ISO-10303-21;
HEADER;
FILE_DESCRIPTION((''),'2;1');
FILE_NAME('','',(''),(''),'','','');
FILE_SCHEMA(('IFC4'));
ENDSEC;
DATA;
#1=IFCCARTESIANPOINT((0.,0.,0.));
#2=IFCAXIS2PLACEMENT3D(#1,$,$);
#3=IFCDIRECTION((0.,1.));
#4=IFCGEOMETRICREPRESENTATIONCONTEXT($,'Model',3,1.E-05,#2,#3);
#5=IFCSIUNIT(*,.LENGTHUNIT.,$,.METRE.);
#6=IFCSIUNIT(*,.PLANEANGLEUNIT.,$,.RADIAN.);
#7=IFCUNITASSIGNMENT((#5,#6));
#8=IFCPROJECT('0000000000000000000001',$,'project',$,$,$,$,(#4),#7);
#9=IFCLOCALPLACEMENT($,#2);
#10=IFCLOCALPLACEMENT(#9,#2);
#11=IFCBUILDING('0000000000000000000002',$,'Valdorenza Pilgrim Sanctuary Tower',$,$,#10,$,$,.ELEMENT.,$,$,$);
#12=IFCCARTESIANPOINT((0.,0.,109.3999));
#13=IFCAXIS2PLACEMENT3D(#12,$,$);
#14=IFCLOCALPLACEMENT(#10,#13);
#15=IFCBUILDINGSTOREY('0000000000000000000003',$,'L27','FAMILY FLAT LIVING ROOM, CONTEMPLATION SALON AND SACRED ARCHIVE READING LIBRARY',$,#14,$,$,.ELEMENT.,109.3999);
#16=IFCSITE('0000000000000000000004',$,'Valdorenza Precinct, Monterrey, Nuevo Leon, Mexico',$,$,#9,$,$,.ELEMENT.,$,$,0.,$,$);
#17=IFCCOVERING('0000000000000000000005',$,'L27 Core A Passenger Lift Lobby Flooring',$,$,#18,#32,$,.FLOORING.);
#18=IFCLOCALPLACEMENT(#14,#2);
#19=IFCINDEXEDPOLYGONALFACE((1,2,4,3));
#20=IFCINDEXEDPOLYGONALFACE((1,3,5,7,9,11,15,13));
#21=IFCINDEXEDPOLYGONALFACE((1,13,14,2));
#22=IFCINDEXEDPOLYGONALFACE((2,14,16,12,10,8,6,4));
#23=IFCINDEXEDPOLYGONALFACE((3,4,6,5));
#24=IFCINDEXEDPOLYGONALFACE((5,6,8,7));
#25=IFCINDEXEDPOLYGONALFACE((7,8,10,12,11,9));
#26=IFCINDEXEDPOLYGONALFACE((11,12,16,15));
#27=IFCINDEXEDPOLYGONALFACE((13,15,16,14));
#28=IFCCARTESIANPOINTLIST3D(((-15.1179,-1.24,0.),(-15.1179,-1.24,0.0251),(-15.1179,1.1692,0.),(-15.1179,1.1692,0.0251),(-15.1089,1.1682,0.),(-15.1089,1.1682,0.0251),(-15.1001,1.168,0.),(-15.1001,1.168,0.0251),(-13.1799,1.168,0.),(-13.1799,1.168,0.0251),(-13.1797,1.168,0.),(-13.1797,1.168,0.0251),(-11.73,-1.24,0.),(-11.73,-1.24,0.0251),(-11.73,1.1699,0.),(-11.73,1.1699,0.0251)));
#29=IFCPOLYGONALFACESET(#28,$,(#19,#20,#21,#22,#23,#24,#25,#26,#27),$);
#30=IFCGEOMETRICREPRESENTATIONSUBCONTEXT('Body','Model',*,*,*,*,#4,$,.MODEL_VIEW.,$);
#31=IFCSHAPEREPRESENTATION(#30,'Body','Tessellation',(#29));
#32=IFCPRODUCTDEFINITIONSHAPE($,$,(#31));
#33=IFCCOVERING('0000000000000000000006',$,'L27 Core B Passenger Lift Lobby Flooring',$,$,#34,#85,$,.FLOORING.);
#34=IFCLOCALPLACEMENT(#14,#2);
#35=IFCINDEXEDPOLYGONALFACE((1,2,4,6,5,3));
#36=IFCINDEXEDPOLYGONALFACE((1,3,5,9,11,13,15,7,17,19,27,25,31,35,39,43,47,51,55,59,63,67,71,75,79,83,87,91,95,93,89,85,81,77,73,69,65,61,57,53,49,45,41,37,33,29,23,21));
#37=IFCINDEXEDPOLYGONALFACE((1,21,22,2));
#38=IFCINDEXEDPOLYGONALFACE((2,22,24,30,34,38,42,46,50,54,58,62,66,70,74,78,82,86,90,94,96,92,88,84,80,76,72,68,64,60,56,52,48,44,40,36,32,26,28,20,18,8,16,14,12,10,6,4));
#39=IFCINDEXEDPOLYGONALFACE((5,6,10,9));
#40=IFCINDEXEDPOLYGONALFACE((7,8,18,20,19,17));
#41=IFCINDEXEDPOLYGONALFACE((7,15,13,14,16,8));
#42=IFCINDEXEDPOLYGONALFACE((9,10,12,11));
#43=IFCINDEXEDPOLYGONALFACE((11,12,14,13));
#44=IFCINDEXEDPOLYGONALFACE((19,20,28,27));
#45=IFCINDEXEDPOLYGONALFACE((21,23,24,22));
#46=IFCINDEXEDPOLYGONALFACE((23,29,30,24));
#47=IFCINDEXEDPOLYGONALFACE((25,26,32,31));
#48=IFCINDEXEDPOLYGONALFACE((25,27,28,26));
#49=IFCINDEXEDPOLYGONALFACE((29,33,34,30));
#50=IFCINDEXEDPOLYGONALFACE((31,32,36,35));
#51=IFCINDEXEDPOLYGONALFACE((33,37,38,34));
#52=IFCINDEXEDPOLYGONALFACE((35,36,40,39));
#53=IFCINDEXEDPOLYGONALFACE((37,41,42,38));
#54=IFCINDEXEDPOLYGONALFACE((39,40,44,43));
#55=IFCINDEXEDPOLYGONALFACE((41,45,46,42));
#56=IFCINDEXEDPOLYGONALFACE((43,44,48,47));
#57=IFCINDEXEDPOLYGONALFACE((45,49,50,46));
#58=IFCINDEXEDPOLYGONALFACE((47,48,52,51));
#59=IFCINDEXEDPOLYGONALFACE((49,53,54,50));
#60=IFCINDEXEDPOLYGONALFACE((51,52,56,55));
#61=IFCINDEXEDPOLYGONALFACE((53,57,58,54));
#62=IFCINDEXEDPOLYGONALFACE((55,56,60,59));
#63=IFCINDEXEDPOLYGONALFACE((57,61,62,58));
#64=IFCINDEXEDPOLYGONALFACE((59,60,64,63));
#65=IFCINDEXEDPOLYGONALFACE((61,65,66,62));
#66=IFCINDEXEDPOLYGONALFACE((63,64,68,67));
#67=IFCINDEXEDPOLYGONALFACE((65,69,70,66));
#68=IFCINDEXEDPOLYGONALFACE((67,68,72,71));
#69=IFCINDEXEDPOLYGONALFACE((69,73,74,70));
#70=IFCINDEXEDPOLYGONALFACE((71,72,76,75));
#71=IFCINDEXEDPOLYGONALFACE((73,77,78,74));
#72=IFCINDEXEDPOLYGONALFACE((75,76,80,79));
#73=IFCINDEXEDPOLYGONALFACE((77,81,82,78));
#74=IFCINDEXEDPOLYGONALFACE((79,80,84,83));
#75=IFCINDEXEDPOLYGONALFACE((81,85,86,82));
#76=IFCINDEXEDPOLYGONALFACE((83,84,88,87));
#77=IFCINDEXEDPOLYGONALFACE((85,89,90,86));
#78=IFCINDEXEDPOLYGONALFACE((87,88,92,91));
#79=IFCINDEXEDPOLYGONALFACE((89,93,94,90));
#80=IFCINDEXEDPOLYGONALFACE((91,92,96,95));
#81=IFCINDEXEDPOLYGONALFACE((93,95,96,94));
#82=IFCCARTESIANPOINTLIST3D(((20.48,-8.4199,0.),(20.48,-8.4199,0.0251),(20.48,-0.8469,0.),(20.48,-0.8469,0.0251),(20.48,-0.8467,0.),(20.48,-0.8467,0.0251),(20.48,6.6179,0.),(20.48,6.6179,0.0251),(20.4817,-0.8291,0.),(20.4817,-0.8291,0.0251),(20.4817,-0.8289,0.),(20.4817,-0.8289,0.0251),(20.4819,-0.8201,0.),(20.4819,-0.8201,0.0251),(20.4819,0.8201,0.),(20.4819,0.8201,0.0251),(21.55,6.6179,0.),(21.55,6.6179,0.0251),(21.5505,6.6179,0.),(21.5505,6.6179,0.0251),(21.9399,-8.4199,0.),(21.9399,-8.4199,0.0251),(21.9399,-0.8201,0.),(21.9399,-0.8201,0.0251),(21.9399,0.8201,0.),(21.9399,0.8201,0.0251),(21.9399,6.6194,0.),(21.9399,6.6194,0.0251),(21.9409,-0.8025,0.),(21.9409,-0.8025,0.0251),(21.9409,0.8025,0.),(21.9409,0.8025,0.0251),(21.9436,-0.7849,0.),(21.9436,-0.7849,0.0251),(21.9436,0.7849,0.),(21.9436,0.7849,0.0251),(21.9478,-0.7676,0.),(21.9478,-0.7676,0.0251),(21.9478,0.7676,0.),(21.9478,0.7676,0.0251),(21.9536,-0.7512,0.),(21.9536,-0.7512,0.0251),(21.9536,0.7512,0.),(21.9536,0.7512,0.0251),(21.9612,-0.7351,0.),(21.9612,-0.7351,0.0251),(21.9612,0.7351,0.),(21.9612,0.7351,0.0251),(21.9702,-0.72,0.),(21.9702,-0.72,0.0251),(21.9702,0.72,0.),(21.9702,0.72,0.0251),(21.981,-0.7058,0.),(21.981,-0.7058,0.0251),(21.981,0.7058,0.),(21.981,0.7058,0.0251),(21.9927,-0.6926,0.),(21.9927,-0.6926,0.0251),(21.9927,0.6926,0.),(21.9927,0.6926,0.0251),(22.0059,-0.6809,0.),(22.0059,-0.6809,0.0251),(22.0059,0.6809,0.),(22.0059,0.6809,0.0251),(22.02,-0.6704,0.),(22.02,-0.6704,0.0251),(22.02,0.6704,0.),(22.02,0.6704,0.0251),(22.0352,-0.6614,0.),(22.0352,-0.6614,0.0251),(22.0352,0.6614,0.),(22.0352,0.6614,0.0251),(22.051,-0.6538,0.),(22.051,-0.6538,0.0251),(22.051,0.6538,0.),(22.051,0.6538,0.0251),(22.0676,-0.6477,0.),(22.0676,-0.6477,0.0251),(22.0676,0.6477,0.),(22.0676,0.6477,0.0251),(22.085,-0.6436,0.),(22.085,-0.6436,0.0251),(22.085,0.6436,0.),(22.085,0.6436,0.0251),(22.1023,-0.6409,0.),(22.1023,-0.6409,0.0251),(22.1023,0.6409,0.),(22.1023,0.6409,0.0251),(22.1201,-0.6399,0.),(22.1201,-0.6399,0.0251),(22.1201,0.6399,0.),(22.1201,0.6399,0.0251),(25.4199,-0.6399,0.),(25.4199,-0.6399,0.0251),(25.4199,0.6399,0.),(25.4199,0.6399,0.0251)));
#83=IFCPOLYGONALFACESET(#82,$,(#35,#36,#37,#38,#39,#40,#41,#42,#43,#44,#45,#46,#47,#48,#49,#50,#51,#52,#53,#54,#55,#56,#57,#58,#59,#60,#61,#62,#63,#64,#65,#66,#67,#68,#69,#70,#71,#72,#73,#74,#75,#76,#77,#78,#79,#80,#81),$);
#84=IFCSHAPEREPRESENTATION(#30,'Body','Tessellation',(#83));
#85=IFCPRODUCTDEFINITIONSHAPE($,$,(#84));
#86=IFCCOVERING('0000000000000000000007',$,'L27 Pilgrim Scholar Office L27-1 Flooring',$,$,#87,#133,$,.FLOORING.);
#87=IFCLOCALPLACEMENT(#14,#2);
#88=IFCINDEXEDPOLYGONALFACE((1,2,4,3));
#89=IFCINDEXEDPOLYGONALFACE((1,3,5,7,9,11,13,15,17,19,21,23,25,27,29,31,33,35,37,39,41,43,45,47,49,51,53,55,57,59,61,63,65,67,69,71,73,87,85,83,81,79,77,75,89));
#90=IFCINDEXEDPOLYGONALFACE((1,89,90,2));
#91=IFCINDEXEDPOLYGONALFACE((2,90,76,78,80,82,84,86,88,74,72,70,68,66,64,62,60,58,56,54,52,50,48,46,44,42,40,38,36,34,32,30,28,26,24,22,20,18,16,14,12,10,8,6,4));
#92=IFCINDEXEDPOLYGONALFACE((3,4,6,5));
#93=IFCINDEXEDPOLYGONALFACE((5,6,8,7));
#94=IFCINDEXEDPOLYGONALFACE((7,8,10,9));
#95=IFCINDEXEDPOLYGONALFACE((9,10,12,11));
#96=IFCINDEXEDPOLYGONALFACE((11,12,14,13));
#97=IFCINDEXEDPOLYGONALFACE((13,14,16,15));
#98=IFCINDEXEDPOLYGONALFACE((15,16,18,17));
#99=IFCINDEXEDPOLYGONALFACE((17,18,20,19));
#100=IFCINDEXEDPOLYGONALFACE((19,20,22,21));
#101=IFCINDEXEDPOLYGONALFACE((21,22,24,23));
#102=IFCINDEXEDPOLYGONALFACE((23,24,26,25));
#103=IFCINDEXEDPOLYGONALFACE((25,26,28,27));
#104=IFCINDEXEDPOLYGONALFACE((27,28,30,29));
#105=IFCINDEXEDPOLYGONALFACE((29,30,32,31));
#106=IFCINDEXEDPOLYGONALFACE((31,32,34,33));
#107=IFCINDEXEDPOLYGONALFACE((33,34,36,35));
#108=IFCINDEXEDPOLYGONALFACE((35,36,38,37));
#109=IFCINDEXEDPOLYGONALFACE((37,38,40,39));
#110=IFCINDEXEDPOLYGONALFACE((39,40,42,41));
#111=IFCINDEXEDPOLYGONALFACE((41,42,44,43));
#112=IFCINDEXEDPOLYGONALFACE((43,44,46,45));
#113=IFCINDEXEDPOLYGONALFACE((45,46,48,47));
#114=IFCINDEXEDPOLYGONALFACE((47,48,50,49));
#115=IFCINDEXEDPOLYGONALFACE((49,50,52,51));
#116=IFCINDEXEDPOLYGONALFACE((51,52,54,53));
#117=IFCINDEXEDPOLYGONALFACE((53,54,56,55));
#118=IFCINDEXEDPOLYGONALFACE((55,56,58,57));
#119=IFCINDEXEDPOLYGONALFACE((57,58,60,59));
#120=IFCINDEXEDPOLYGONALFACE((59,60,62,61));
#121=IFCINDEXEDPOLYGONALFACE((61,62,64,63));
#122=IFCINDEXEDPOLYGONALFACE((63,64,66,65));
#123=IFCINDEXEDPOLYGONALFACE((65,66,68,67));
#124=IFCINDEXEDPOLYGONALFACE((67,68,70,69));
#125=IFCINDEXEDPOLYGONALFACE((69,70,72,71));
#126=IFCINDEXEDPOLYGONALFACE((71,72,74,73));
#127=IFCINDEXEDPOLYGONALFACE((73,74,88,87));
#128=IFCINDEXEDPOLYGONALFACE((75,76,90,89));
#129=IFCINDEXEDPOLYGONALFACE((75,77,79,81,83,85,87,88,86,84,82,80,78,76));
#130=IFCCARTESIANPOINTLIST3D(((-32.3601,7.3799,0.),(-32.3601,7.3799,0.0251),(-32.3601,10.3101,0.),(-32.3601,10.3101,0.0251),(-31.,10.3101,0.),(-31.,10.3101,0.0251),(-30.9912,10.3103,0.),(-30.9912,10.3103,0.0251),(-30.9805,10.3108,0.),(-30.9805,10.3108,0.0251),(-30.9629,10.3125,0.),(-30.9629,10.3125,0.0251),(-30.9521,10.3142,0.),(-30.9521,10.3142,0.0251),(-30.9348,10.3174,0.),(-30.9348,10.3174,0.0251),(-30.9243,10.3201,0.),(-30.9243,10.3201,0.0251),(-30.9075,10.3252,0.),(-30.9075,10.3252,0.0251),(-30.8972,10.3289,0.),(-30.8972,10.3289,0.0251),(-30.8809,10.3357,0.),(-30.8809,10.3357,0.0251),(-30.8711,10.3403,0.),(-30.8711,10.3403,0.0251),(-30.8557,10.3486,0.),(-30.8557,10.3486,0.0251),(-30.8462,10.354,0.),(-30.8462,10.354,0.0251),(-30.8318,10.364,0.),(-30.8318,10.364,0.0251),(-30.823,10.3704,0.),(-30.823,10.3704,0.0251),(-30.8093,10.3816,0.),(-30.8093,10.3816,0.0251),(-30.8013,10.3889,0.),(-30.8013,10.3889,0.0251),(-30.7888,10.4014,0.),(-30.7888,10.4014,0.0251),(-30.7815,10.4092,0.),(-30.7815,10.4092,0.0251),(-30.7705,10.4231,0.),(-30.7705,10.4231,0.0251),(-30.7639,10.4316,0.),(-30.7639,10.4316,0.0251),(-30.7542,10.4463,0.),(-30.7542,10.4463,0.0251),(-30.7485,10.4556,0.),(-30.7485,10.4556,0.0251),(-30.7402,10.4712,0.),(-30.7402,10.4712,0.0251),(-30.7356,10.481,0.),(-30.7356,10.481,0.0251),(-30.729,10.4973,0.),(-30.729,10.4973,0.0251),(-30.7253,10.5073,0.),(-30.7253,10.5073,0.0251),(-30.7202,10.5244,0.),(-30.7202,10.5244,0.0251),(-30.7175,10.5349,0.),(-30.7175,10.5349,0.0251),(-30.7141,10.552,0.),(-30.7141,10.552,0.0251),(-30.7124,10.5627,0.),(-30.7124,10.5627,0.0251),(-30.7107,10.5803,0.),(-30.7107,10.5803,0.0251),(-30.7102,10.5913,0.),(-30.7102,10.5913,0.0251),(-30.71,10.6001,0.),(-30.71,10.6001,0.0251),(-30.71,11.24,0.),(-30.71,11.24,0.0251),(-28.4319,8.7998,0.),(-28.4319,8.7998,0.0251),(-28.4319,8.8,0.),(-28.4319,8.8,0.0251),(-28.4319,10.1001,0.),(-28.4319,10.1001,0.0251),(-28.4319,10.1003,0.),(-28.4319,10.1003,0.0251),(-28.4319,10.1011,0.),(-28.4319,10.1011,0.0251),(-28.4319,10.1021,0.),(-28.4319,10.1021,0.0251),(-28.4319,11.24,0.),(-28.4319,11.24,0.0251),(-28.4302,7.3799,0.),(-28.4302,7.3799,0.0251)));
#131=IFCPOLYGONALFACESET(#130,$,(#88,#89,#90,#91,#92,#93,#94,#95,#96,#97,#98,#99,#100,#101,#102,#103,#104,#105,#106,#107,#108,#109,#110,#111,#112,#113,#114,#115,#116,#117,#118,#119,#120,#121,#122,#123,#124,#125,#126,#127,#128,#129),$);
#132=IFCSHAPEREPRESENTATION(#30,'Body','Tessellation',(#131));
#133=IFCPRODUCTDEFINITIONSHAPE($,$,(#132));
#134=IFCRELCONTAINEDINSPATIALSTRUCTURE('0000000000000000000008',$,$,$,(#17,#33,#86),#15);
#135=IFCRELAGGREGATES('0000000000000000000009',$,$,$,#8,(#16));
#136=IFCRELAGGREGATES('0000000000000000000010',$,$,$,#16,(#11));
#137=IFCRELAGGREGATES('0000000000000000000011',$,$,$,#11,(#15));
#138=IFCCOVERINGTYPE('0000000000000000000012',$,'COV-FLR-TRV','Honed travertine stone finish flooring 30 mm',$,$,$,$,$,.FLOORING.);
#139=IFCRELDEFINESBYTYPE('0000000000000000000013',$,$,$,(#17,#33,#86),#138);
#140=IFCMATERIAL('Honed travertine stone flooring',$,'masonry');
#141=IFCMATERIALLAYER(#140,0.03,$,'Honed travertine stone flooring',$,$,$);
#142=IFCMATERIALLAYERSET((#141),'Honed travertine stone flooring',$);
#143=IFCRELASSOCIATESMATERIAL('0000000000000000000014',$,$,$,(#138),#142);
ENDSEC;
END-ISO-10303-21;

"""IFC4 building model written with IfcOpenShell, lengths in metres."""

from ifc_helpers import new_model, si_unit, direction, frame, origin, place, context, subcontext, project, spatial, polyline, outline, extrude, material, layer, layer_set, type_object, element, save


model = new_model("IFC4")

# Units and contexts
model_context = context("Model", 3, precision=1e-05, world=origin(), true_north=direction((0.0, 1.0)))
body_context = subcontext(model_context, "Body", "Model", "MODEL_VIEW")
ifc_project = project(units=[si_unit("LENGTHUNIT", "METRE"), si_unit("PLANEANGLEUNIT", "RADIAN")], contexts=[model_context])

# Site, building, storey
site_placement = place(None, origin())
site = spatial("IfcSite", under=ifc_project, at=site_placement, Name="Valdorenza Precinct, Monterrey, Nuevo Leon, Mexico", CompositionType="ELEMENT", RefElevation=0.0)
building_placement = place(site_placement, origin())
building = spatial("IfcBuilding", under=site, at=building_placement, Name="Valdorenza Pilgrim Sanctuary Tower", CompositionType="ELEMENT")
storey_placement = place(building_placement, frame((0.0, 0.0, 109.3999)))
storey = spatial("IfcBuildingStorey", under=building, at=storey_placement, Name="L27", Description="FAMILY FLAT LIVING ROOM, CONTEMPLATION SALON AND SACRED ARCHIVE READING LIBRARY", CompositionType="ELEMENT", Elevation=109.3999)

# Coverings
ifc_material_1 = material(Name="Honed travertine stone flooring", Category="masonry")
ifc_layer_1 = layer(ifc_material_1, 0.03, Name="Honed travertine stone flooring")
ifc_layer_set_1 = layer_set([ifc_layer_1], Name="Honed travertine stone flooring")
covering_type_1 = type_object("IfcCoveringType", Name="COV-FLR-TRV", Description="Honed travertine stone finish flooring 30 mm", PredefinedType="FLOORING", material=ifc_layer_set_1)
covering_1_placement = place(storey_placement, origin())
element("IfcCovering", 1, at=covering_1_placement, inside=storey, type_object=covering_type_1, Name="L27 Core A Passenger Lift Lobby Flooring", PredefinedType="FLOORING", context=body_context, shape_type="SweptSolid", body=[
    extrude(outline(polyline([(-15.1179, 1.1692), (-15.1089, 1.1682), (-15.1089, 1.1682), (-15.1001, 1.168), (-13.1799, 1.168), (-13.1797, 1.168), (-11.73, 1.1699), (-11.73, -1.24), (-15.1179, -1.24), (-15.1179, 1.1692)])), origin(), (0.0, 0.0, 1.0), 0.0251),
])
covering_2_placement = place(storey_placement, origin())
element("IfcCovering", 2, at=covering_2_placement, inside=storey, type_object=covering_type_1, Name="L27 Core B Passenger Lift Lobby Flooring", PredefinedType="FLOORING", context=body_context, shape_type="SweptSolid", body=[
    extrude(outline(polyline([(20.48, 6.6179), (21.55, 6.6179), (21.5505, 6.6179), (21.9399, 6.6194), (21.9399, 0.8201), (21.9409, 0.8025), (21.9436, 0.7849), (21.9478, 0.7676), (21.9536, 0.7512), (21.9612, 0.7351), (21.9702, 0.72), (21.981, 0.7058), (21.9927, 0.6926), (22.0059, 0.6809), (22.02, 0.6704), (22.0352, 0.6614), (22.051, 0.6538), (22.0676, 0.6477), (22.085, 0.6436), (22.1023, 0.6409), (22.1201, 0.6399), (25.4199, 0.6399), (25.4199, -0.6399), (22.1201, -0.6399), (22.1023, -0.6409), (22.085, -0.6436), (22.0676, -0.6477), (22.051, -0.6538), (22.0352, -0.6614), (22.02, -0.6704), (22.0059, -0.6809), (21.9927, -0.6926), (21.981, -0.7058), (21.9702, -0.72), (21.9612, -0.7351), (21.9536, -0.7512), (21.9478, -0.7676), (21.9436, -0.7849), (21.9409, -0.8025), (21.9399, -0.8201), (21.9399, -8.4199), (20.48, -8.4199), (20.48, -0.8469), (20.48, -0.8467), (20.48, -0.8467), (20.4817, -0.8291), (20.4817, -0.8289), (20.4819, -0.8201), (20.4819, 0.8201), (20.48, 6.6179)])), origin(), (0.0, 0.0, 1.0), 0.0251),
])
covering_3_placement = place(storey_placement, origin())
element("IfcCovering", 3, at=covering_3_placement, inside=storey, type_object=covering_type_1, Name="L27 Pilgrim Scholar Office L27-1 Flooring", PredefinedType="FLOORING", context=body_context, shape_type="SweptSolid", body=[
    extrude(outline(polyline([(-28.4319, 11.24), (-28.4319, 10.1021), (-28.4319, 10.1011), (-28.4319, 10.1003), (-28.4319, 10.1001), (-28.4319, 8.8), (-28.4319, 8.7998), (-28.4302, 7.3799), (-32.3601, 7.3799), (-32.3601, 10.3101), (-31.0, 10.3101), (-30.9912, 10.3103), (-30.9805, 10.3108), (-30.9629, 10.3125), (-30.9521, 10.3142), (-30.9348, 10.3174), (-30.9243, 10.3201), (-30.9075, 10.3252), (-30.8972, 10.3289), (-30.8809, 10.3357), (-30.8711, 10.3403), (-30.8557, 10.3486), (-30.8462, 10.354), (-30.8318, 10.364), (-30.823, 10.3704), (-30.8093, 10.3816), (-30.8013, 10.3889), (-30.7888, 10.4014), (-30.7815, 10.4092), (-30.7705, 10.4231), (-30.7639, 10.4316), (-30.7542, 10.4463), (-30.7485, 10.4556), (-30.7402, 10.4712), (-30.7356, 10.481), (-30.729, 10.4973), (-30.7253, 10.5073), (-30.7202, 10.5244), (-30.7175, 10.5349), (-30.7141, 10.552), (-30.7124, 10.5627), (-30.7107, 10.5803), (-30.7102, 10.5913), (-30.71, 10.6001), (-30.71, 11.24), (-28.4319, 11.24)])), origin(), (0.0, 0.0, 1.0), 0.0251),
])

save(model, "model.ifc")
